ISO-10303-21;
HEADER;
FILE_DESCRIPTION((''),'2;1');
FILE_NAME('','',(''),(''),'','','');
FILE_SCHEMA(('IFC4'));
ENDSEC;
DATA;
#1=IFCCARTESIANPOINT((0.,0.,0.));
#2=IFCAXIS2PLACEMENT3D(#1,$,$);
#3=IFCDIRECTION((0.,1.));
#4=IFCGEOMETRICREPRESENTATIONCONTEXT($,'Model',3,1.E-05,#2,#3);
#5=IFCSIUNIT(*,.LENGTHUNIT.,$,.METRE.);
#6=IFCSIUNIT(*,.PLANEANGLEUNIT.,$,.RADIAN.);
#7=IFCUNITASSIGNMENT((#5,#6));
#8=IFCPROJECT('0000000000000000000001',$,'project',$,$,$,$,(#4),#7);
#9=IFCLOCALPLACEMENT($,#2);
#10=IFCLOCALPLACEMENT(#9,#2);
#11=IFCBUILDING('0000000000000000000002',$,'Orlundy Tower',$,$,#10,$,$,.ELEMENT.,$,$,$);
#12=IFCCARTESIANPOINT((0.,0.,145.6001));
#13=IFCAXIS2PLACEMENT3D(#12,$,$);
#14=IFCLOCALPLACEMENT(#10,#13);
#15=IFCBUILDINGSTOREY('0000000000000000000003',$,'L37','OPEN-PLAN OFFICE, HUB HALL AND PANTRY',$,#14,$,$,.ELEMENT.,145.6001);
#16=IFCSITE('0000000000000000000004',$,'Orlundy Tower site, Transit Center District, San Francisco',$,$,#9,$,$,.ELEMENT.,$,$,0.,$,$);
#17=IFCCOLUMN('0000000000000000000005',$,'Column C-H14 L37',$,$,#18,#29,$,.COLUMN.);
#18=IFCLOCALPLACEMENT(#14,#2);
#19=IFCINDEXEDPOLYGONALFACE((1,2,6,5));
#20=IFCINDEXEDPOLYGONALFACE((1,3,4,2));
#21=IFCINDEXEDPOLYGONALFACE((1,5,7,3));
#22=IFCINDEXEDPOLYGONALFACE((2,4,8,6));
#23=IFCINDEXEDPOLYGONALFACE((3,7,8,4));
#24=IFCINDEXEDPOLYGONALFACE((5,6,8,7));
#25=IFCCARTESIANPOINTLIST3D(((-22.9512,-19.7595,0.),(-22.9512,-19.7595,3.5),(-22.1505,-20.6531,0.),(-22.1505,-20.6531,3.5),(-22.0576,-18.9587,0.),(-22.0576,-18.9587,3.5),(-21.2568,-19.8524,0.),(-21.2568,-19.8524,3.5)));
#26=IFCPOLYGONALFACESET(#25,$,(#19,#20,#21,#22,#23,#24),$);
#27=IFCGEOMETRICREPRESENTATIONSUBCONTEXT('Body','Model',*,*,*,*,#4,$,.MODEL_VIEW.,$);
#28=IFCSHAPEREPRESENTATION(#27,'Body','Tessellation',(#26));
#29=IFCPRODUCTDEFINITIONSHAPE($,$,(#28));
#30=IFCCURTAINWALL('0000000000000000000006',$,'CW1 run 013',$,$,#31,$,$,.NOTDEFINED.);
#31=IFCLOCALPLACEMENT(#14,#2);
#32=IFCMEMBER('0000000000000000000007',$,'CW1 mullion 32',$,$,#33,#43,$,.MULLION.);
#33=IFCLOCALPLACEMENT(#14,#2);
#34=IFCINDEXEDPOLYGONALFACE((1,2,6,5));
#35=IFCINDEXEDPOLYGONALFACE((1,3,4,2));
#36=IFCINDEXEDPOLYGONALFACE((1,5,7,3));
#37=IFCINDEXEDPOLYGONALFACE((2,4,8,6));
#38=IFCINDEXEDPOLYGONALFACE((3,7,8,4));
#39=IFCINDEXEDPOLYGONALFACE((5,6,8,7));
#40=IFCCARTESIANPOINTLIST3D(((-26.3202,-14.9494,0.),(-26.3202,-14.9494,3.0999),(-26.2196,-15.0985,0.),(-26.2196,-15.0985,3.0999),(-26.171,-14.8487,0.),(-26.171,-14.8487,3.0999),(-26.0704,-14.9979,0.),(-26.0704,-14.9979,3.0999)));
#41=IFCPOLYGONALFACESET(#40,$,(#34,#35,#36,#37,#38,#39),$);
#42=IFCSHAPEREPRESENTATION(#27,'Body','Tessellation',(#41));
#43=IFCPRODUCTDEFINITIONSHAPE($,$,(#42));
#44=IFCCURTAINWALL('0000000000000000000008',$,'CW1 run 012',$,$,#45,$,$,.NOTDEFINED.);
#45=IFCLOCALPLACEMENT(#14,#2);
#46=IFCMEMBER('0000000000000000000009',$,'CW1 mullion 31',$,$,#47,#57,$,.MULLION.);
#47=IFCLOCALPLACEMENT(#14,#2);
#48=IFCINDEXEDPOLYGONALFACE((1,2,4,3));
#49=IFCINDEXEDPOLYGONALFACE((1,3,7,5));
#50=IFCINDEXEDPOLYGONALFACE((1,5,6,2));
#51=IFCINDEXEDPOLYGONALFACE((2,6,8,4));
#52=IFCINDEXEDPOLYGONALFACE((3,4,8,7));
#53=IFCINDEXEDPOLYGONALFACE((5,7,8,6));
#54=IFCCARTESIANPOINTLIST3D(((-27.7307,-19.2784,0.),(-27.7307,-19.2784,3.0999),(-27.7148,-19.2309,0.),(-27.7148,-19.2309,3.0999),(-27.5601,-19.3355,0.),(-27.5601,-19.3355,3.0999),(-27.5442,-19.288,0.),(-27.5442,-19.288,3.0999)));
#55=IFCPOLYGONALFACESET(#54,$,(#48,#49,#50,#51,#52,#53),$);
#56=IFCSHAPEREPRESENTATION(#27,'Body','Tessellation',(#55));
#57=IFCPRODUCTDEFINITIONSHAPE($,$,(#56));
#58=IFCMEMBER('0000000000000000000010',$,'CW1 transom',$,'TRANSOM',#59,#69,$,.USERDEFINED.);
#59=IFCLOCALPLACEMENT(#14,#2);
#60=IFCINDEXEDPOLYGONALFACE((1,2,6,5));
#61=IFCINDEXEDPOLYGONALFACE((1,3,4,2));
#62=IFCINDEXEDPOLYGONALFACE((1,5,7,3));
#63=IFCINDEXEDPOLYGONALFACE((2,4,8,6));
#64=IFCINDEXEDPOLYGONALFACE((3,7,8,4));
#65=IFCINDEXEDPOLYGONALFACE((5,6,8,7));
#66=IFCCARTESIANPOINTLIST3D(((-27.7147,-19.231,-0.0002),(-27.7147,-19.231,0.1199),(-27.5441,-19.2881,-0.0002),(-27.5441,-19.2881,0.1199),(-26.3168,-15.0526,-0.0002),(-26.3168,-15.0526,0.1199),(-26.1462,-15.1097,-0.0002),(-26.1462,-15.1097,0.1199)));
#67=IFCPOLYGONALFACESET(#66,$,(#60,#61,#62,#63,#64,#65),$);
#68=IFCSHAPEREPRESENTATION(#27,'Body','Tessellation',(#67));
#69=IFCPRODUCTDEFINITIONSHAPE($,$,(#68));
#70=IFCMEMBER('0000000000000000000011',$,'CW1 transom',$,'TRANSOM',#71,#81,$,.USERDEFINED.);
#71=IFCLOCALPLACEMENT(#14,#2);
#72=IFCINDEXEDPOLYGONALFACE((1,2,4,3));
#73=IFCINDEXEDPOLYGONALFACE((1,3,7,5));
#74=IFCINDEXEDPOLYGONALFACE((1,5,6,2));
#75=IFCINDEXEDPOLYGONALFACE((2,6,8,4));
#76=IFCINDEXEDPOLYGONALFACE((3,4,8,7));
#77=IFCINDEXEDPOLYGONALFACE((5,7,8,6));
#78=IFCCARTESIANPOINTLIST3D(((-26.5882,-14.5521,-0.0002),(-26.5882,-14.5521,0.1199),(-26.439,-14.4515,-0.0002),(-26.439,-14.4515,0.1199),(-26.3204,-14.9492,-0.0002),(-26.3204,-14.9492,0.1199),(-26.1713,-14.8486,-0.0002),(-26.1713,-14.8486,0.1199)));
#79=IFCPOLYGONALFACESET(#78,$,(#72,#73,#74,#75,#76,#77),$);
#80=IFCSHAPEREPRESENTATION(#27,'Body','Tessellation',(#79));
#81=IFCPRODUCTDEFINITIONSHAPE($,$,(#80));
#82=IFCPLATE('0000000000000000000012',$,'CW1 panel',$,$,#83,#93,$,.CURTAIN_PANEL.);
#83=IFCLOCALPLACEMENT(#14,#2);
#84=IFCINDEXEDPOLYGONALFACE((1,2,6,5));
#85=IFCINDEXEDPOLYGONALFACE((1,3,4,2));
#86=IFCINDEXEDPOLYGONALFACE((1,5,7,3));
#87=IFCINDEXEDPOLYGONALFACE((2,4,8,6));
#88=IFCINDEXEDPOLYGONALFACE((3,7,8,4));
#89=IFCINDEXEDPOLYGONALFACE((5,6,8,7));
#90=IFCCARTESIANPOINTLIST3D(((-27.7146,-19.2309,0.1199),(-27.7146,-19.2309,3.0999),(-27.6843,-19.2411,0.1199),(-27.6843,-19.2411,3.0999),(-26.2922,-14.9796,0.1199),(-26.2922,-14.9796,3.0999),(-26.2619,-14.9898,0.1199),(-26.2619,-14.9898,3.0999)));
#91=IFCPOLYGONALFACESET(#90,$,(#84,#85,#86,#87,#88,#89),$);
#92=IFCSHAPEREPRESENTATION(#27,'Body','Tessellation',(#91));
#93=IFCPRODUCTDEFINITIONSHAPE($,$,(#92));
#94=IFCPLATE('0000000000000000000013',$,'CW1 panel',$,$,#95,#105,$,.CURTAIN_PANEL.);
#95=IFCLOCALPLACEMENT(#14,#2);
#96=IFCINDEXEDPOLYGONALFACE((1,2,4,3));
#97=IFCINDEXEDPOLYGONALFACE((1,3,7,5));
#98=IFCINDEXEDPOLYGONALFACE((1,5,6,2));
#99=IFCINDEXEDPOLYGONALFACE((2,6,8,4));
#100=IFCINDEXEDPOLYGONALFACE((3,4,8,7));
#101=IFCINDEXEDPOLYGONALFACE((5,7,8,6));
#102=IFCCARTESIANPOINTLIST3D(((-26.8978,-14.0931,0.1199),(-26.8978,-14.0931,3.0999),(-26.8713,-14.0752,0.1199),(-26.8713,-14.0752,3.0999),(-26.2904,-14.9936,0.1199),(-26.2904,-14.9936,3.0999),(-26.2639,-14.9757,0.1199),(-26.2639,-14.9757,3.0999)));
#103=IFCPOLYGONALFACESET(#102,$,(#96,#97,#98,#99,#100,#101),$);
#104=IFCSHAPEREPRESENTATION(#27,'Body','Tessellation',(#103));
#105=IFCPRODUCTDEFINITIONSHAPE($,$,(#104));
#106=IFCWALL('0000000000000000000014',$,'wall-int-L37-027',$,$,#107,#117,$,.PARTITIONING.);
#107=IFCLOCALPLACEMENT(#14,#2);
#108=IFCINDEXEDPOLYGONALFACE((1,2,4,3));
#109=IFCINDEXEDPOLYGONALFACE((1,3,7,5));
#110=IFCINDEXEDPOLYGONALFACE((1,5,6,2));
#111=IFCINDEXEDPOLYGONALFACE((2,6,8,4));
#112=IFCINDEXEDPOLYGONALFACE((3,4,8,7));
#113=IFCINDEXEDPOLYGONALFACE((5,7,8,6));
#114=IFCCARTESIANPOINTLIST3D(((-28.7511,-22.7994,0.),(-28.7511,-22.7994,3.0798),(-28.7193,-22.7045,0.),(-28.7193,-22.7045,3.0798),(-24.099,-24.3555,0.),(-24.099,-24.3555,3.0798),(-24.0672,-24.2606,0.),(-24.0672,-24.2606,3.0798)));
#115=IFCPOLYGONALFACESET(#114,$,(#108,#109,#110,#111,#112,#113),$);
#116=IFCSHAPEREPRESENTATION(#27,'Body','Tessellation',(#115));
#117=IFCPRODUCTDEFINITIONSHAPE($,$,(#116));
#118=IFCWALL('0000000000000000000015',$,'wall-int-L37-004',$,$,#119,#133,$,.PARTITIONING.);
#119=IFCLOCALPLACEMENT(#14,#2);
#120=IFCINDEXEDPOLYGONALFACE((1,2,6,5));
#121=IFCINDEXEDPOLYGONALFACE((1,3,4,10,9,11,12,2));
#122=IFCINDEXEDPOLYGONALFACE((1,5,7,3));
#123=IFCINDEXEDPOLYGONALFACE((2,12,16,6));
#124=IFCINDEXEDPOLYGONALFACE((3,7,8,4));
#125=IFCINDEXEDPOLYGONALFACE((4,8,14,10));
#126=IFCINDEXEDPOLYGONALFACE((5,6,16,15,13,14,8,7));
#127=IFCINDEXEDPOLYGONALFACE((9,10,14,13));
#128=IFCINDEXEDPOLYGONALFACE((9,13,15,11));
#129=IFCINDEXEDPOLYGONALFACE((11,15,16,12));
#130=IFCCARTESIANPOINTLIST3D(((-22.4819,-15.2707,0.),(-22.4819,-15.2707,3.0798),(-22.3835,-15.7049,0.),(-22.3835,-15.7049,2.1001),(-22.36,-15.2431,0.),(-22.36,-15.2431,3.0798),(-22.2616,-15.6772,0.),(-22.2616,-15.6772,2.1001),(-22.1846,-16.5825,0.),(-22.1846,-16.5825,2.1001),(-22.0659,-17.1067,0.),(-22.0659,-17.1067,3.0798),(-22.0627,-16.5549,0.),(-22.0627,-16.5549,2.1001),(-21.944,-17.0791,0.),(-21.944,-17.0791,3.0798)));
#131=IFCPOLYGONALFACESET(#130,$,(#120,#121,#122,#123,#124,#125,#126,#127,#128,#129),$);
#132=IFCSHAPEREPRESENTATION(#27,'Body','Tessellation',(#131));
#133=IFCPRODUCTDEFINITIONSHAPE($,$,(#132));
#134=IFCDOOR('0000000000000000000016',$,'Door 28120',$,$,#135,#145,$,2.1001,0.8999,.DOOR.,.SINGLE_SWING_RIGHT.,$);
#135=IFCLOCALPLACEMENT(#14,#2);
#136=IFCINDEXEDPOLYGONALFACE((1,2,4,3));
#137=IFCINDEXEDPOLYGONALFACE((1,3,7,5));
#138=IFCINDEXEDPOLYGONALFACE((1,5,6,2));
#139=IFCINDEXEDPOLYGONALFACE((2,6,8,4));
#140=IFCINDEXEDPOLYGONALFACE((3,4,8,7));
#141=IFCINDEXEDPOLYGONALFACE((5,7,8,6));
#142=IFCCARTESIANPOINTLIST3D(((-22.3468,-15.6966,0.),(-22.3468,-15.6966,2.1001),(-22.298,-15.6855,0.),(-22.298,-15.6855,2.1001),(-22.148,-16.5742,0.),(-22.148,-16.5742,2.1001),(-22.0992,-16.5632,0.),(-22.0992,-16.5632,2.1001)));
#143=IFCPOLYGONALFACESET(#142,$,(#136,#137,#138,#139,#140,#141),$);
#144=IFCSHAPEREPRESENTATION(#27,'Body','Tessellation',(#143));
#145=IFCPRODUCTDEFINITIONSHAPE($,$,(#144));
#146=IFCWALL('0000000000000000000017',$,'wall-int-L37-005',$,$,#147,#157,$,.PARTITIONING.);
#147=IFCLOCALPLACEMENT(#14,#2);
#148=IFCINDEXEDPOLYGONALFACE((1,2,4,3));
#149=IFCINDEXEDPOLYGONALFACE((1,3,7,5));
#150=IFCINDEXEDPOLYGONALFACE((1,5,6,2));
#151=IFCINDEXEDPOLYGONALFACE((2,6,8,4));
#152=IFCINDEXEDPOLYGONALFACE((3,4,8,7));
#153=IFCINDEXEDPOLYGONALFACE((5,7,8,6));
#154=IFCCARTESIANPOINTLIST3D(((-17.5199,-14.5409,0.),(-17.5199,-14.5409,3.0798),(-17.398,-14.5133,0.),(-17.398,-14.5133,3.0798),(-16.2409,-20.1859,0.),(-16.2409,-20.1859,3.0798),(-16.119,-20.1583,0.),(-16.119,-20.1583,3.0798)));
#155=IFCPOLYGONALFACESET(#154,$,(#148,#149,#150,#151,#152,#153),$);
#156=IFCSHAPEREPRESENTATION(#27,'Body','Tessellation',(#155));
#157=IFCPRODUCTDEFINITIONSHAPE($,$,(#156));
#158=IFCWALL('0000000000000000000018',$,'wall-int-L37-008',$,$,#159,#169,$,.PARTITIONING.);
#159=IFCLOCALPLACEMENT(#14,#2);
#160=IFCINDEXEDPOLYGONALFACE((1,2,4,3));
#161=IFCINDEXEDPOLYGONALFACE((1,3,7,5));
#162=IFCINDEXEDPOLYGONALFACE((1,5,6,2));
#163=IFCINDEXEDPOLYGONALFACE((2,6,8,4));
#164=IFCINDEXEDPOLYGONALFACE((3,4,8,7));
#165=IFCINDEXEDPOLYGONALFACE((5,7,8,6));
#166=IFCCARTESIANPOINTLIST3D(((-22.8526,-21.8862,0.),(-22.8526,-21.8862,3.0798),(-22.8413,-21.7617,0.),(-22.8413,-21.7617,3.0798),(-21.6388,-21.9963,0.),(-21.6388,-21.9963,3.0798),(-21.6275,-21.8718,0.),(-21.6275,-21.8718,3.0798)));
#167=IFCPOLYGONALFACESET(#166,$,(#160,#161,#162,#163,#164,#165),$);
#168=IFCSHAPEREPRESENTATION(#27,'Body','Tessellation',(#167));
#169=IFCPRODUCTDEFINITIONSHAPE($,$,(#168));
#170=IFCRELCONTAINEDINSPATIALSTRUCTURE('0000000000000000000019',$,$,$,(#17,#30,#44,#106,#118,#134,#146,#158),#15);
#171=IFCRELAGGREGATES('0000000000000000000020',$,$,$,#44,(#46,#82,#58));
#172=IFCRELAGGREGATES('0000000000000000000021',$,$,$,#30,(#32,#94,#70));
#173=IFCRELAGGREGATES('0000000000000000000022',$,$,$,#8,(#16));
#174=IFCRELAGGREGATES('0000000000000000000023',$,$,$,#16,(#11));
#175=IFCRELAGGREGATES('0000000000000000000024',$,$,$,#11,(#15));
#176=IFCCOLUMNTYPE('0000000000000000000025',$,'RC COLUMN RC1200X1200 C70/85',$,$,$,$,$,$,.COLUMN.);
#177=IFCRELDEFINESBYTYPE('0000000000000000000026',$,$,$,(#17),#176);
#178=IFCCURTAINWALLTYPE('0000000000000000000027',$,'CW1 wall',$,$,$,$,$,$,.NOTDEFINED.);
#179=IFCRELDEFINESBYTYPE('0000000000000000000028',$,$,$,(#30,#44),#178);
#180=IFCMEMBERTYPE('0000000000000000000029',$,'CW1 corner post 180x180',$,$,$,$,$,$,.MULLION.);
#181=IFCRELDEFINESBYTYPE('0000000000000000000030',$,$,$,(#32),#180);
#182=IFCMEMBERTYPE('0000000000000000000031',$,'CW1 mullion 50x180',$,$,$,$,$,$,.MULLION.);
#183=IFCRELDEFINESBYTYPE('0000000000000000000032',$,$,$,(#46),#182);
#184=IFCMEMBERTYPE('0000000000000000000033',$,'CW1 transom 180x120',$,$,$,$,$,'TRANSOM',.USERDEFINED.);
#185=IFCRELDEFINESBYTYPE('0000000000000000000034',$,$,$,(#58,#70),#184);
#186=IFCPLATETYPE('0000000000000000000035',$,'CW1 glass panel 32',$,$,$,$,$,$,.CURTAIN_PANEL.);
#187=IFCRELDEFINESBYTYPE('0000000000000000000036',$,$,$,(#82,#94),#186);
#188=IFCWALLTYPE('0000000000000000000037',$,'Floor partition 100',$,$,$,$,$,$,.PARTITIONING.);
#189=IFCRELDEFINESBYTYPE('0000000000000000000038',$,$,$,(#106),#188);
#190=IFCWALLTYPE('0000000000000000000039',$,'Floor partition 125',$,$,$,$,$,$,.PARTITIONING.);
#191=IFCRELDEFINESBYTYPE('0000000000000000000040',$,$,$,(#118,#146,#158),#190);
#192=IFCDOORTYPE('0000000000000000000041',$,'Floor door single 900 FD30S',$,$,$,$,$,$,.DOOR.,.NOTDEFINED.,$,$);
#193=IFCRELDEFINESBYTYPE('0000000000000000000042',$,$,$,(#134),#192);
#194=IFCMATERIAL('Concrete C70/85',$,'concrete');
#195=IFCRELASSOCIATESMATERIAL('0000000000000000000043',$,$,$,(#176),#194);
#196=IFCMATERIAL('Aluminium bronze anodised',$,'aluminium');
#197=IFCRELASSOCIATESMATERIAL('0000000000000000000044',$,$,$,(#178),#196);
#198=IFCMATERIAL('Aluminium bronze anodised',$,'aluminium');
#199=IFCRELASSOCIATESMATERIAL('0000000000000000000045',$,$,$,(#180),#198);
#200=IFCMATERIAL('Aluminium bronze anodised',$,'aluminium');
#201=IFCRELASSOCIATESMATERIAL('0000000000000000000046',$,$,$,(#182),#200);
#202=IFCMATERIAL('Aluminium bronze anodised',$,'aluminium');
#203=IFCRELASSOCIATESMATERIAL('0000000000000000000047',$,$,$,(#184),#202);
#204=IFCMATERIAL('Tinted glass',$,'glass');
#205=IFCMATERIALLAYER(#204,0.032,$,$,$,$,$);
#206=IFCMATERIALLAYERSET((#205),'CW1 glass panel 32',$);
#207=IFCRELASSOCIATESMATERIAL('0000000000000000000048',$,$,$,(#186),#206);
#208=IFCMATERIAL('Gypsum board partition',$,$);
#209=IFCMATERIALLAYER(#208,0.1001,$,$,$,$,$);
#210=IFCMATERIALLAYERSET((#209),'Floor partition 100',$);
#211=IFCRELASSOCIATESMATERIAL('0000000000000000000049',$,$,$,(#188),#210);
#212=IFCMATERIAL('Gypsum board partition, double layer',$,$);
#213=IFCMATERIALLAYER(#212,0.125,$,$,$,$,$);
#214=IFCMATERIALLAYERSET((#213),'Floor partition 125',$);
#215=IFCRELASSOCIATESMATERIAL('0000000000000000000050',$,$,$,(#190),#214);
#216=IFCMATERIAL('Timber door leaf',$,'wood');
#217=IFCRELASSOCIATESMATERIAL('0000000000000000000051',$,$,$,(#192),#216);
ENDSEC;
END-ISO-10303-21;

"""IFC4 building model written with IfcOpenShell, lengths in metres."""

from ifc_helpers import new_model, si_unit, direction, frame, frame_2d, origin, origin_2d, place, context, subcontext, project, spatial, rectangle, extrude, material, layer, layer_set, material_profile, profile_set, type_object, element, fill, aggregate, save


model = new_model("IFC4")

# Units and contexts
model_context = context("Model", 3, precision=1e-05, world=origin(), true_north=direction((0.0, 1.0)))
body_context = subcontext(model_context, "Body", "Model", "MODEL_VIEW")
ifc_project = project(units=[si_unit("LENGTHUNIT", "METRE"), si_unit("PLANEANGLEUNIT", "RADIAN")], contexts=[model_context])

# Site, building, storey
site_placement = place(None, origin())
site = spatial("IfcSite", under=ifc_project, at=site_placement, Name="Orlundy Tower site, Transit Center District, San Francisco", CompositionType="ELEMENT", RefElevation=0.0)
building_placement = place(site_placement, origin())
building = spatial("IfcBuilding", under=site, at=building_placement, Name="Orlundy Tower", CompositionType="ELEMENT")
storey_placement = place(building_placement, frame((0.0, 0.0, 145.6001)))
storey = spatial("IfcBuildingStorey", under=building, at=storey_placement, Name="L37", Description="OPEN-PLAN OFFICE, HUB HALL AND PANTRY", CompositionType="ELEMENT", Elevation=145.6001)

# Column
ifc_material_1 = material(Name="Concrete C70/85", Category="concrete")
ifc_material_profile_1 = material_profile(ifc_material_1, rectangle(XDim=1.2, YDim=1.2, at=origin_2d()), Name="RC1200X1200")
ifc_profile_set_1 = profile_set([ifc_material_profile_1], Name="Concrete C70/85")
column_type = type_object("IfcColumnType", Name="RC COLUMN RC1200X1200 C70/85", PredefinedType="COLUMN", material=ifc_profile_set_1)
column_placement = place(storey_placement, frame((-22.104, -19.8059, 0.0), z_axis=(0.0, 0.0, 1.0), x_axis=(-0.744754, -0.667339, 0.0)))
element("IfcColumn", 1, at=column_placement, inside=storey, type_object=column_type, Name="Column C-H14 L37", PredefinedType="COLUMN", context=body_context, shape_type="SweptSolid", body=[
    extrude(rectangle(XDim=1.2, YDim=1.2, at=origin_2d()), origin(), (0.0, 0.0, 1.0), 3.5),
])

# Curtain wall, member
ifc_material_2 = material(Name="Aluminium bronze anodised", Category="aluminium")
curtain_wall_type = type_object("IfcCurtainWallType", Name="CW1 wall", PredefinedType="NOTDEFINED", material=ifc_material_2)
curtain_wall_1_placement = place(storey_placement, origin())
curtain_wall_1 = element("IfcCurtainWall", 2, at=curtain_wall_1_placement, inside=storey, type_object=curtain_wall_type, Name="CW1 run 013", PredefinedType="NOTDEFINED")
ifc_material_3 = material(Name="Aluminium bronze anodised", Category="aluminium")
ifc_material_profile_2 = material_profile(ifc_material_3, rectangle(XDim=0.1799, YDim=0.1799, at=origin_2d()), Name="CW1 corner post 180x180")
ifc_profile_set_2 = profile_set([ifc_material_profile_2], Name="Aluminium bronze anodised")
member_type_1 = type_object("IfcMemberType", Name="CW1 corner post 180x180", PredefinedType="MULLION", material=ifc_profile_set_2)
member_1_placement = place(storey_placement, frame((-26.1953, -14.9736, 0.0), z_axis=(0.0, 0.0, 1.0), x_axis=(-0.829032, -0.559201, 0.0)))
member_1 = element("IfcMember", 3, at=member_1_placement, type_object=member_type_1, Name="CW1 mullion 32", PredefinedType="MULLION", context=body_context, shape_type="SweptSolid", body=[
    extrude(rectangle(XDim=0.1799, YDim=0.1799, at=origin_2d()), origin(), (0.0, 0.0, 1.0), 3.0999),
])

# Curtain wall, members
curtain_wall_2_placement = place(storey_placement, origin())
curtain_wall_2 = element("IfcCurtainWall", 4, at=curtain_wall_2_placement, inside=storey, type_object=curtain_wall_type, Name="CW1 run 012", PredefinedType="NOTDEFINED")
ifc_material_4 = material(Name="Aluminium bronze anodised", Category="aluminium")
ifc_material_profile_3 = material_profile(ifc_material_4, rectangle(XDim=0.1799, YDim=0.05, at=origin_2d()), Name="CW1 mullion 50x180")
ifc_profile_set_3 = profile_set([ifc_material_profile_3], Name="Aluminium bronze anodised")
member_type_2 = type_object("IfcMemberType", Name="CW1 mullion 50x180", PredefinedType="MULLION", material=ifc_profile_set_3)
member_2_placement = place(storey_placement, frame((-27.6375, -19.2832, 0.0), z_axis=(0.0, 0.0, 1.0), x_axis=(-0.948327, 0.317295, 0.0)))
member_2 = element("IfcMember", 5, at=member_2_placement, type_object=member_type_2, Name="CW1 mullion 31", PredefinedType="MULLION", context=body_context, shape_type="SweptSolid", body=[
    extrude(rectangle(XDim=0.1799, YDim=0.05, at=origin_2d()), origin(), (0.0, 0.0, 1.0), 3.0999),
])
ifc_material_5 = material(Name="Aluminium bronze anodised", Category="aluminium")
ifc_material_profile_4 = material_profile(ifc_material_5, rectangle(XDim=0.1799, YDim=0.1201, at=origin_2d()), Name="CW1 transom 180x120")
ifc_profile_set_4 = profile_set([ifc_material_profile_4], Name="Aluminium bronze anodised")
member_type_3 = type_object("IfcMemberType", Name="CW1 transom 180x120", ElementType="TRANSOM", PredefinedType="USERDEFINED", material=ifc_profile_set_4)
member_3_placement = place(storey_placement, frame((-27.6294, -19.2595, 0.0598), z_axis=(0.317275, 0.948334, 0.0), x_axis=(-0.948334, 0.317275, 0.0)))
member_3 = element("IfcMember", 6, at=member_3_placement, type_object=member_type_3, Name="CW1 transom", ObjectType="TRANSOM", PredefinedType="USERDEFINED", context=body_context, shape_type="SweptSolid", body=[
    extrude(rectangle(XDim=0.1799, YDim=0.1201, at=origin_2d()), origin(), (0.0, 0.0, 1.0), 4.406),
])

# Member
member_4_placement = place(storey_placement, frame((-26.2458, -14.8989, 0.0598), z_axis=(-0.559044, 0.829138, 0.0), x_axis=(-0.829138, -0.559044, 0.0)))
member_4 = element("IfcMember", 7, at=member_4_placement, type_object=member_type_3, Name="CW1 transom", ObjectType="TRANSOM", PredefinedType="USERDEFINED", context=body_context, shape_type="SweptSolid", body=[
    extrude(rectangle(XDim=0.1799, YDim=0.1201, at=origin_2d()), origin(), (0.0, 0.0, 1.0), 0.479),
])

# Plates
ifc_material_6 = material(Name="Tinted glass", Category="glass")
ifc_layer_1 = layer(ifc_material_6, 0.032)
ifc_layer_set_1 = layer_set([ifc_layer_1], Name="CW1 glass panel 32")
plate_type = type_object("IfcPlateType", Name="CW1 glass panel 32", PredefinedType="CURTAIN_PANEL", material=ifc_layer_set_1)
plate_1_placement = place(storey_placement, frame((-26.9883, -17.1104, 0.1199), z_axis=(0.0, 0.0, 1.0), x_axis=(0.317295, 0.948327, 0.0)))
plate_1 = element("IfcPlate", 8, at=plate_1_placement, type_object=plate_type, Name="CW1 panel", PredefinedType="CURTAIN_PANEL", context=body_context, shape_type="SweptSolid", body=[
    extrude(rectangle(XDim=4.4829, YDim=0.032, at=origin_2d()), origin(), (0.0, 0.0, 1.0), 2.98),
])
aggregate(curtain_wall_2, [member_2, plate_1, member_3])
plate_2_placement = place(storey_placement, frame((-26.5808, -14.5344, 0.1199), z_axis=(0.0, 0.0, 1.0), x_axis=(-0.559201, 0.829032, 0.0)))
plate_2 = element("IfcPlate", 9, at=plate_2_placement, type_object=plate_type, Name="CW1 panel", PredefinedType="CURTAIN_PANEL", context=body_context, shape_type="SweptSolid", body=[
    extrude(rectangle(XDim=1.0862, YDim=0.032, at=origin_2d()), origin(), (0.0, 0.0, 1.0), 2.98),
])
aggregate(curtain_wall_1, [member_1, plate_2, member_4])

# Wall
ifc_material_7 = material(Name="Gypsum board partition")
ifc_layer_2 = layer(ifc_material_7, 0.1001)
ifc_layer_set_2 = layer_set([ifc_layer_2], Name="Floor partition 100")
wall_type_1 = type_object("IfcWallType", Name="Floor partition 100", PredefinedType="PARTITIONING", material=ifc_layer_set_2)
wall_1_placement = place(storey_placement, frame((-28.7351, -22.752, 0.0), z_axis=(0.0, 0.0, 1.0), x_axis=(0.948349, -0.317228, 0.0)))
element("IfcWall", 10, at=wall_1_placement, inside=storey, type_object=wall_type_1, Name="wall-int-L37-027", PredefinedType="PARTITIONING", context=body_context, shape_type="SweptSolid", body=[
    extrude(rectangle(XDim=4.9055, YDim=0.1001, at=frame_2d((2.4526, 0.0))), origin(), (0.0, 0.0, 1.0), 3.0798),
])

# Wall, opening, door
ifc_material_8 = material(Name="Gypsum board partition, double layer")
ifc_layer_3 = layer(ifc_material_8, 0.125)
ifc_layer_set_3 = layer_set([ifc_layer_3], Name="Floor partition 125")
wall_type_2 = type_object("IfcWallType", Name="Floor partition 125", PredefinedType="PARTITIONING", material=ifc_layer_set_3)
wall_2_placement = place(storey_placement, frame((-22.0049, -17.093, 0.0), z_axis=(0.0, 0.0, 1.0), x_axis=(-0.220993, 0.975275, 0.0)))
wall_2 = element("IfcWall", 11, at=wall_2_placement, inside=storey, type_object=wall_type_2, Name="wall-int-L37-004", PredefinedType="PARTITIONING", context=body_context, shape_type="SweptSolid", body=[
    extrude(rectangle(XDim=1.8826, YDim=0.125, at=frame_2d((0.9414, 0.0))), origin(), (0.0, 0.0, 1.0), 3.0798),
])
opening_placement = place(wall_2_placement, frame((0.5376, 0.0, 0.0)))
opening = element("IfcOpeningElement", 12, at=opening_placement, cuts=wall_2, PredefinedType="OPENING", context=body_context, shape_type="SweptSolid", body=[
    extrude(rectangle(XDim=0.8999, YDim=2.1001, at=frame_2d((0.45, 1.05))), frame((0.0, 0.0725, 0.0), z_axis=(0.0, -1.0, 0.0), x_axis=(1.0, 0.0, 0.0)), (0.0, 0.0, 1.0), 0.145),
])
ifc_material_9 = material(Name="Timber door leaf", Category="wood")
door_type = type_object("IfcDoorType", Name="Floor door single 900 FD30S", OperationType="NOTDEFINED", PredefinedType="DOOR", material=ifc_material_9)
door_placement = place(opening_placement, origin())
door = element("IfcDoor", 13, at=door_placement, inside=storey, type_object=door_type, Name="Door 28120", OperationType="SINGLE_SWING_RIGHT", OverallHeight=2.1001, OverallWidth=0.8999, PredefinedType="DOOR", context=body_context, shape_type="SweptSolid", body=[
    extrude(rectangle(XDim=0.8999, YDim=2.1001, at=frame_2d((0.45, 1.05))), frame((0.0, 0.0249, 0.0), z_axis=(0.0, -1.0, 0.0), x_axis=(1.0, 0.0, 0.0)), (0.0, 0.0, 1.0), 0.05),
])
fill(opening, door)

# Walls
wall_3_placement = place(storey_placement, frame((-17.459, -14.5271, 0.0), z_axis=(0.0, 0.0, 1.0), x_axis=(0.220979, -0.975278, 0.0)))
element("IfcWall", 14, at=wall_3_placement, inside=storey, type_object=wall_type_2, Name="wall-int-L37-005", PredefinedType="PARTITIONING", context=body_context, shape_type="SweptSolid", body=[
    extrude(rectangle(XDim=5.7881, YDim=0.125, at=frame_2d((2.894, 0.0))), origin(), (0.0, 0.0, 1.0), 3.0798),
])
wall_4_placement = place(storey_placement, frame((-22.8469, -21.824, 0.0), z_axis=(0.0, 0.0, 1.0), x_axis=(0.995911, -0.090337, 0.0)))
element("IfcWall", 15, at=wall_4_placement, inside=storey, type_object=wall_type_2, Name="wall-int-L37-008", PredefinedType="PARTITIONING", context=body_context, shape_type="SweptSolid", body=[
    extrude(rectangle(XDim=1.2188, YDim=0.125, at=frame_2d((0.6094, 0.0))), origin(), (0.0, 0.0, 1.0), 3.0798),
])

save(model, "model.ifc")
